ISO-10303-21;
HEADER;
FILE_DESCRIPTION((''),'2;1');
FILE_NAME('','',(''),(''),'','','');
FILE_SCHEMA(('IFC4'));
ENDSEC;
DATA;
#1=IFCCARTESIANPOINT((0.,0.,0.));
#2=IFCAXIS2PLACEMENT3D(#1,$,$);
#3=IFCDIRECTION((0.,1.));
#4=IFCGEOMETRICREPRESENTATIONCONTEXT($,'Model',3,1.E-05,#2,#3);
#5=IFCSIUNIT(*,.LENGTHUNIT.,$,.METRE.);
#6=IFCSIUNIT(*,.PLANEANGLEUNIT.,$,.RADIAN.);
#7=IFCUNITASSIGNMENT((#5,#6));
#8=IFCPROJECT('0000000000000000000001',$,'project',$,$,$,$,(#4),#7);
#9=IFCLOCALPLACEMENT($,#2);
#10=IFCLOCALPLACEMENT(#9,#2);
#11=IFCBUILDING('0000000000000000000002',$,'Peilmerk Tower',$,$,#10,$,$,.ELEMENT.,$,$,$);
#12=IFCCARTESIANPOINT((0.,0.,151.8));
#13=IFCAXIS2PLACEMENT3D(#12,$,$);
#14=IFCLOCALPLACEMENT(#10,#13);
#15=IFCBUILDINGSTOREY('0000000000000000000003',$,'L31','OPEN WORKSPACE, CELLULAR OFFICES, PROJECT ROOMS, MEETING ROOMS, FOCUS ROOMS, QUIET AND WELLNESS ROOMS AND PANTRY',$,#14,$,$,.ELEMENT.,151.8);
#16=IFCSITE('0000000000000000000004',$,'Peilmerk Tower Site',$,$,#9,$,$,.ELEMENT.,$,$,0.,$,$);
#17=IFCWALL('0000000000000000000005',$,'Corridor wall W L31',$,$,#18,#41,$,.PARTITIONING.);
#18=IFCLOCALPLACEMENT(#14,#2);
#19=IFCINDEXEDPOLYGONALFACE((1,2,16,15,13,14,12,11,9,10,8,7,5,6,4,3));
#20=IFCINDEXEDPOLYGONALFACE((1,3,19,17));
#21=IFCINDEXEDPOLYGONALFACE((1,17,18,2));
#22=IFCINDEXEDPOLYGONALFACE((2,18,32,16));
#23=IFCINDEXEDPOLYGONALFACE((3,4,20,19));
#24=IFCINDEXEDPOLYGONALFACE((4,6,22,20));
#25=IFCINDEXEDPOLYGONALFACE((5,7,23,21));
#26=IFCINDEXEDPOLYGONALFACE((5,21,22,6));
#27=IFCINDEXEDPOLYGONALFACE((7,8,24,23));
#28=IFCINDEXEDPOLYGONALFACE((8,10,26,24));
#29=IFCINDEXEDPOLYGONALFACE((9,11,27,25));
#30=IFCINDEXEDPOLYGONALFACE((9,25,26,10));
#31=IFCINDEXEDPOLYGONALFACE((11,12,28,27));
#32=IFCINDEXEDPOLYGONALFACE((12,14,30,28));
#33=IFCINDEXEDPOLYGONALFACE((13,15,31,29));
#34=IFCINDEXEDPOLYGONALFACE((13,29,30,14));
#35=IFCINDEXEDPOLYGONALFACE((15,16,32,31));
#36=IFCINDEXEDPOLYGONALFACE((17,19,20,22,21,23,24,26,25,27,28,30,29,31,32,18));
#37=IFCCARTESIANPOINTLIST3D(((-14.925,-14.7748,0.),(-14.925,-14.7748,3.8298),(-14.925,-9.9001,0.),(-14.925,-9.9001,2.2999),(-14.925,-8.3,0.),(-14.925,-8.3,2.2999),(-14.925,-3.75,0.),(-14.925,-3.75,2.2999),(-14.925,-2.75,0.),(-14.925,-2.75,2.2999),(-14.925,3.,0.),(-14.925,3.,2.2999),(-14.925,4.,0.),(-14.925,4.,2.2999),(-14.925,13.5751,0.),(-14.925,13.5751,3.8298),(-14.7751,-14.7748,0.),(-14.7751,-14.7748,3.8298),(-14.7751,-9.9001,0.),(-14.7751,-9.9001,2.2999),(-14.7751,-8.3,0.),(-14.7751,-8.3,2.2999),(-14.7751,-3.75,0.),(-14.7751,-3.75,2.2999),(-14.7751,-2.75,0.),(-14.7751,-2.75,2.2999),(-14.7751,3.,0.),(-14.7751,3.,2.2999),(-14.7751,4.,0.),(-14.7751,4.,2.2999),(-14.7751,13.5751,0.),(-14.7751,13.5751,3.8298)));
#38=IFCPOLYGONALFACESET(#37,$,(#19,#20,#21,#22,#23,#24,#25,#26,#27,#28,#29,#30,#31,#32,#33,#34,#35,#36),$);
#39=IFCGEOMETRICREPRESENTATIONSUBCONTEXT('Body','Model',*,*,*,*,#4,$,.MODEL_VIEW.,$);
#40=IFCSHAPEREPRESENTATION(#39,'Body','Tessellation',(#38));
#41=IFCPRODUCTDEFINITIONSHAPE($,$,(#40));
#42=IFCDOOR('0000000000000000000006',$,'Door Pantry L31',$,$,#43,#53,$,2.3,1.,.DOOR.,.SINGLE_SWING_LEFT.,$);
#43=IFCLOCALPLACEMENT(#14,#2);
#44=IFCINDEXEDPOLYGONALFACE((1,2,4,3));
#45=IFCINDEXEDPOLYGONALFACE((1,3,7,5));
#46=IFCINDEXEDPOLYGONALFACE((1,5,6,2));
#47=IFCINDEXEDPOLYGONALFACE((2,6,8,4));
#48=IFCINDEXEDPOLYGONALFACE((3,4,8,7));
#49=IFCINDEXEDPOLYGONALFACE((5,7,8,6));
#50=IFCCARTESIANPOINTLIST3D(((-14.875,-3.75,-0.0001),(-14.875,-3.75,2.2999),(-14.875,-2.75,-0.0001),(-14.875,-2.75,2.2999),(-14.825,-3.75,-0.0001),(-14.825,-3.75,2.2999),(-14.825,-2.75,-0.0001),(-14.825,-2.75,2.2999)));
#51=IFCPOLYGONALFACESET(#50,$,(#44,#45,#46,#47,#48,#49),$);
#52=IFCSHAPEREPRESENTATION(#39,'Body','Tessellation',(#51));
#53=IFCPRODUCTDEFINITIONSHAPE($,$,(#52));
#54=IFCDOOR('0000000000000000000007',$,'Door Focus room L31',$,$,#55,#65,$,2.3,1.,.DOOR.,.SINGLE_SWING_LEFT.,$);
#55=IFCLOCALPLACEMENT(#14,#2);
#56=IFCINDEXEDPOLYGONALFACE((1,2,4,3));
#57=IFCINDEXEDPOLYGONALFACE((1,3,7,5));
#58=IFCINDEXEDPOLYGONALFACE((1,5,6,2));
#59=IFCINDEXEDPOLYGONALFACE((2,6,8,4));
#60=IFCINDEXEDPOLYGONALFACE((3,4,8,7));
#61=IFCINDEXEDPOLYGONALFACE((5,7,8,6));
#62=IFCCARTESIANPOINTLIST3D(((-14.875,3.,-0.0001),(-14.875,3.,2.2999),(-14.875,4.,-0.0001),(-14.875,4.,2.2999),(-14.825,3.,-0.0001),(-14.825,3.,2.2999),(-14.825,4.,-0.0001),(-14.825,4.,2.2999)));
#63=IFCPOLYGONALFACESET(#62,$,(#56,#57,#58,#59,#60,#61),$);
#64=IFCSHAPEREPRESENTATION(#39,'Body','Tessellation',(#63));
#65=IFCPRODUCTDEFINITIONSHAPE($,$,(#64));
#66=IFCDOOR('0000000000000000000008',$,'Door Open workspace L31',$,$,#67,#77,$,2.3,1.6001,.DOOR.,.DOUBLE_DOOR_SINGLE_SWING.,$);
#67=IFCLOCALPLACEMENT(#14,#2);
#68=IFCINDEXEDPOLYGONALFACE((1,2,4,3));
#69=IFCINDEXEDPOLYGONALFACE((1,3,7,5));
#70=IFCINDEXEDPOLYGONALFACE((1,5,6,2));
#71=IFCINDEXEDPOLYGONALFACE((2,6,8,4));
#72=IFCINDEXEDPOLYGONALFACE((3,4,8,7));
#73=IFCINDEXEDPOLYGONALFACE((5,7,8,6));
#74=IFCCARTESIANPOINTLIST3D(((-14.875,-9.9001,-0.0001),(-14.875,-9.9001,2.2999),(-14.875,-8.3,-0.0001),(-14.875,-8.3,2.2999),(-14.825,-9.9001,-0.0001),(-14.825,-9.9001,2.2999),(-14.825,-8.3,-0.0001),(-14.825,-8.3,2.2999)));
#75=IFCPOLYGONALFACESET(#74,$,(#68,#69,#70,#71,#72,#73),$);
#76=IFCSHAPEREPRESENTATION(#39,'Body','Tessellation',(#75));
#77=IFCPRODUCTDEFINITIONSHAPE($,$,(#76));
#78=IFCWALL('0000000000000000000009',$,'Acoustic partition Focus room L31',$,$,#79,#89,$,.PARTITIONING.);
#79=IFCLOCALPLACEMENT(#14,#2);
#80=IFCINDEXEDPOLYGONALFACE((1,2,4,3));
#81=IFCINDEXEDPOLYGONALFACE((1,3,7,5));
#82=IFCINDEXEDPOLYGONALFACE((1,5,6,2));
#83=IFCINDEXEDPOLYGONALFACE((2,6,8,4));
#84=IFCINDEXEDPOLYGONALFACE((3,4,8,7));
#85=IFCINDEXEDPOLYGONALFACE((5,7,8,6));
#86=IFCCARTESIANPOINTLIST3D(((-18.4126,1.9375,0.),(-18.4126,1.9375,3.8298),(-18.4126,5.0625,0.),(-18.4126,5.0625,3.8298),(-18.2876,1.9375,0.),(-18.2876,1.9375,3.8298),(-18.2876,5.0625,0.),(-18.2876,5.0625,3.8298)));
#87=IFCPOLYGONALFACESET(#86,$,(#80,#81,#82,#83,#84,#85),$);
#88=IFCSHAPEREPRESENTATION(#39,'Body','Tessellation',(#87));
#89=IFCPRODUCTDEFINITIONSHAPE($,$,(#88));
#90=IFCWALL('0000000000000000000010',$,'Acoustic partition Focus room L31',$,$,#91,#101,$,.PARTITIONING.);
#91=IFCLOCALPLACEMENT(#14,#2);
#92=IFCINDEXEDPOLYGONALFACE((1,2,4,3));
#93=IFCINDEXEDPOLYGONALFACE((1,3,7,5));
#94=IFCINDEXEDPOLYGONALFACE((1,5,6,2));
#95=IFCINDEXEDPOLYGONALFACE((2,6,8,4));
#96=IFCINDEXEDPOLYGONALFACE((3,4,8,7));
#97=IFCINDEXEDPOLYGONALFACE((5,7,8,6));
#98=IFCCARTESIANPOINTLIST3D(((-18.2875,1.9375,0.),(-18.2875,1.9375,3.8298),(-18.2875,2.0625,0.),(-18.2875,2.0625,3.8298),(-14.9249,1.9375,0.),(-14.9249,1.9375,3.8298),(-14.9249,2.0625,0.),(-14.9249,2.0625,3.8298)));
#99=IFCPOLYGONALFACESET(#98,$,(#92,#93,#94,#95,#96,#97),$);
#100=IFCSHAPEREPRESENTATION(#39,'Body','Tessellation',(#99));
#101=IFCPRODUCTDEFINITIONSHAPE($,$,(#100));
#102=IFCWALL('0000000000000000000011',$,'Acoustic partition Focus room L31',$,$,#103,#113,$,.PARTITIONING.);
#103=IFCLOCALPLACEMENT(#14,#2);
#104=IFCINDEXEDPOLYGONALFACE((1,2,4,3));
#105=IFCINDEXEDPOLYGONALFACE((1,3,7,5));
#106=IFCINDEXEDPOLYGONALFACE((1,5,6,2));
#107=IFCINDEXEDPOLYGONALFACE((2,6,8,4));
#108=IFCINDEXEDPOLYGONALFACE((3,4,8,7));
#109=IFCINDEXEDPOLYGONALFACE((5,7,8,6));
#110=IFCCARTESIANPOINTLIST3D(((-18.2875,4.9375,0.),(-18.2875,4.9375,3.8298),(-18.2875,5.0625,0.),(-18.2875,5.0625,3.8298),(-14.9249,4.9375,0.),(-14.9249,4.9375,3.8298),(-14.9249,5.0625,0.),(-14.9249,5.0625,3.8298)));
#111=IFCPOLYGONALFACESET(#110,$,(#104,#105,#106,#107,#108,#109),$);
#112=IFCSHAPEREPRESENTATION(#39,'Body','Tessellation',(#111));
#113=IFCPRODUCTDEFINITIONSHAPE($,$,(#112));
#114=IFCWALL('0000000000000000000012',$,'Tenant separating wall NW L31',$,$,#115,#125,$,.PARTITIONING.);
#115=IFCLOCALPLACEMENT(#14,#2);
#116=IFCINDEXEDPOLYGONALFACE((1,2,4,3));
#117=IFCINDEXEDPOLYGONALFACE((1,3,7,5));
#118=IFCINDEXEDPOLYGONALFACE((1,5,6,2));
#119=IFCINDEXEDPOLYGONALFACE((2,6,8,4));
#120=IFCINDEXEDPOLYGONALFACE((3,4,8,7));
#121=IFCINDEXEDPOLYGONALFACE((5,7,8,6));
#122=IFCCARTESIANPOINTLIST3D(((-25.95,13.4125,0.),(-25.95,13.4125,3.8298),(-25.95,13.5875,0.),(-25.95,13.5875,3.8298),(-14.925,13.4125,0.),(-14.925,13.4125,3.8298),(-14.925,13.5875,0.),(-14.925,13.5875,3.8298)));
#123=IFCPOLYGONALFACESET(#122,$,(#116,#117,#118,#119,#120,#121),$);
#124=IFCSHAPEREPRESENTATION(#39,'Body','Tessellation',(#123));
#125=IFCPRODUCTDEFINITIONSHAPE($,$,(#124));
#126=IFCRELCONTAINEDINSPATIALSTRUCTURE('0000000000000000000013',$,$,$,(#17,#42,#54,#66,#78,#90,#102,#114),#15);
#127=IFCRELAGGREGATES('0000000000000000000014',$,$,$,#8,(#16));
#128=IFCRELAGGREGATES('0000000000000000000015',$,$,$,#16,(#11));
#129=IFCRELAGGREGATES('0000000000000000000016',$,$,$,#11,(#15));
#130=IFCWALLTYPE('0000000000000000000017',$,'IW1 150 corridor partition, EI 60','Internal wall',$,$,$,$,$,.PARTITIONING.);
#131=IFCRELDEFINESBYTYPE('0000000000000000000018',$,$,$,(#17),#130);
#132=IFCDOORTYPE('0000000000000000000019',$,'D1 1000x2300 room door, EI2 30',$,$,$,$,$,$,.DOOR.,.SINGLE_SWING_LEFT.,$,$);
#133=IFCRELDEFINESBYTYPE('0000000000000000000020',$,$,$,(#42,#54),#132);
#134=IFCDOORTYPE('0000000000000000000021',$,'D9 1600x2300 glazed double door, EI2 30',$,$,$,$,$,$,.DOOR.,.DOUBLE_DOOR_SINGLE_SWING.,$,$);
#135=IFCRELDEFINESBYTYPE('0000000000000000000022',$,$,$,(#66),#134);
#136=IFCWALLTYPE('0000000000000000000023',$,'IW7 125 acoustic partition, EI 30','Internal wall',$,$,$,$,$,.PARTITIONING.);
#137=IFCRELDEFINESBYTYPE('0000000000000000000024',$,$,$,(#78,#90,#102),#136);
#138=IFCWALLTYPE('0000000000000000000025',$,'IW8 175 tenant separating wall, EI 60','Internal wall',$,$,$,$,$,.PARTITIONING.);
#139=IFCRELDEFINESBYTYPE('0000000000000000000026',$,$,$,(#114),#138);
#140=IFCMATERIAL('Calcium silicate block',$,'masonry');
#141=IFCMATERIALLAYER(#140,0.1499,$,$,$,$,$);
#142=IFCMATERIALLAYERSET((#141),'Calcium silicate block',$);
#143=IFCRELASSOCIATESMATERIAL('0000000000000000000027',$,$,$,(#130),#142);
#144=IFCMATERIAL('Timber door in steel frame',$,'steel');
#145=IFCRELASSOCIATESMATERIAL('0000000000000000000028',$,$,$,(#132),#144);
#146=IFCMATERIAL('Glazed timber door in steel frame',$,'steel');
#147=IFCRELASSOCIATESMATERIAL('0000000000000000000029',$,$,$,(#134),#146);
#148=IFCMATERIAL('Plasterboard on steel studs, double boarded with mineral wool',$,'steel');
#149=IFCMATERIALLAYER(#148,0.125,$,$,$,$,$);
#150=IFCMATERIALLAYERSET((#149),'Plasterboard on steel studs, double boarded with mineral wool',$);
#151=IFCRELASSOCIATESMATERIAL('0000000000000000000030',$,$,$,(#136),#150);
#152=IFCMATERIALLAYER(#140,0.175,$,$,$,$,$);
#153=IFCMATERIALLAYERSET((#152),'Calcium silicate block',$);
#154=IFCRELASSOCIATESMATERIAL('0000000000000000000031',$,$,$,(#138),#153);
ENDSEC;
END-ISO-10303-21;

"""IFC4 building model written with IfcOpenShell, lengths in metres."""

from ifc_helpers import new_model, si_unit, direction, frame, frame_2d, origin, place, context, subcontext, project, spatial, rectangle, extrude, material, layer, layer_set, type_object, element, fill, save


model = new_model("IFC4")

# Units and contexts
model_context = context("Model", 3, precision=1e-05, world=origin(), true_north=direction((0.0, 1.0)))
body_context = subcontext(model_context, "Body", "Model", "MODEL_VIEW")
ifc_project = project(units=[si_unit("LENGTHUNIT", "METRE"), si_unit("PLANEANGLEUNIT", "RADIAN")], contexts=[model_context])

# Site, building, storey
site_placement = place(None, origin())
site = spatial("IfcSite", under=ifc_project, at=site_placement, Name="Peilmerk Tower Site", CompositionType="ELEMENT", RefElevation=0.0)
building_placement = place(site_placement, origin())
building = spatial("IfcBuilding", under=site, at=building_placement, Name="Peilmerk Tower", CompositionType="ELEMENT")
storey_placement = place(building_placement, frame((0.0, 0.0, 151.8)))
storey = spatial("IfcBuildingStorey", under=building, at=storey_placement, Name="L31", Description="OPEN WORKSPACE, CELLULAR OFFICES, PROJECT ROOMS, MEETING ROOMS, FOCUS ROOMS, QUIET AND WELLNESS ROOMS AND PANTRY", CompositionType="ELEMENT", Elevation=151.8)

# Wall, openings, doors
ifc_material_1 = material(Name="Calcium silicate block", Category="masonry")
ifc_layer_1 = layer(ifc_material_1, 0.1499)
ifc_layer_set_1 = layer_set([ifc_layer_1], Name="Calcium silicate block")
wall_type_1 = type_object("IfcWallType", Name="IW1 150 corridor partition, EI 60", Description="Internal wall", PredefinedType="PARTITIONING", material=ifc_layer_set_1)
wall_1_placement = place(storey_placement, frame((-14.8501, 13.575, 0.0), z_axis=(0.0, 0.0, 1.0), x_axis=(0.0, -1.0, 0.0)))
wall_1 = element("IfcWall", 1, at=wall_1_placement, inside=storey, type_object=wall_type_1, Name="Corridor wall W L31", PredefinedType="PARTITIONING", context=body_context, shape_type="SweptSolid", body=[
    extrude(rectangle(XDim=28.3499, YDim=0.1499, at=frame_2d((14.1748, 0.0))), origin(), (0.0, 0.0, 1.0), 3.8298),
])
opening_1_placement = place(wall_1_placement, frame((21.875, 0.0, 0.0)))
opening_1 = element("IfcOpeningElement", 2, at=opening_1_placement, cuts=wall_1, PredefinedType="OPENING", context=body_context, shape_type="SweptSolid", body=[
    extrude(rectangle(XDim=1.6001, YDim=2.3, at=frame_2d((0.8, 1.1499))), frame((0.0, 0.085, 0.0), z_axis=(0.0, -1.0, 0.0), x_axis=(1.0, 0.0, 0.0)), (0.0, 0.0, 1.0), 0.1699),
])
opening_2_placement = place(wall_1_placement, frame((16.325, 0.0, 0.0)))
opening_2 = element("IfcOpeningElement", 3, at=opening_2_placement, cuts=wall_1, PredefinedType="OPENING", context=body_context, shape_type="SweptSolid", body=[
    extrude(rectangle(XDim=1.0, YDim=2.3, at=frame_2d((0.5, 1.1499))), frame((0.0, 0.085, 0.0), z_axis=(0.0, -1.0, 0.0), x_axis=(1.0, 0.0, 0.0)), (0.0, 0.0, 1.0), 0.1699),
])
opening_3_placement = place(wall_1_placement, frame((9.575, 0.0, 0.0)))
opening_3 = element("IfcOpeningElement", 4, at=opening_3_placement, cuts=wall_1, PredefinedType="OPENING", context=body_context, shape_type="SweptSolid", body=[
    extrude(rectangle(XDim=1.0, YDim=2.3, at=frame_2d((0.5, 1.1499))), frame((0.0, 0.085, 0.0), z_axis=(0.0, -1.0, 0.0), x_axis=(1.0, 0.0, 0.0)), (0.0, 0.0, 1.0), 0.1699),
])
ifc_material_2 = material(Name="Timber door in steel frame", Category="steel")
door_type_1 = type_object("IfcDoorType", Name="D1 1000x2300 room door, EI2 30", OperationType="SINGLE_SWING_LEFT", PredefinedType="DOOR", material=ifc_material_2)
door_1_placement = place(opening_2_placement, frame((1.0, 0.0, 0.0), z_axis=(0.0, 0.0, 1.0), x_axis=(-1.0, 0.0, 0.0)))
door_1 = element("IfcDoor", 5, at=door_1_placement, inside=storey, type_object=door_type_1, Name="Door Pantry L31", OperationType="SINGLE_SWING_LEFT", OverallHeight=2.3, OverallWidth=1.0, PredefinedType="DOOR", context=body_context, shape_type="SweptSolid", body=[
    extrude(rectangle(XDim=1.0, YDim=2.3, at=frame_2d((0.5, 1.1499))), frame((0.0, 0.0249, 0.0), z_axis=(0.0, -1.0, 0.0), x_axis=(1.0, 0.0, 0.0)), (0.0, 0.0, 1.0), 0.05),
])
fill(opening_2, door_1)
door_2_placement = place(opening_3_placement, frame((1.0, 0.0, 0.0), z_axis=(0.0, 0.0, 1.0), x_axis=(-1.0, 0.0, 0.0)))
door_2 = element("IfcDoor", 6, at=door_2_placement, inside=storey, type_object=door_type_1, Name="Door Focus room L31", OperationType="SINGLE_SWING_LEFT", OverallHeight=2.3, OverallWidth=1.0, PredefinedType="DOOR", context=body_context, shape_type="SweptSolid", body=[
    extrude(rectangle(XDim=1.0, YDim=2.3, at=frame_2d((0.5, 1.1499))), frame((0.0, 0.0249, 0.0), z_axis=(0.0, -1.0, 0.0), x_axis=(1.0, 0.0, 0.0)), (0.0, 0.0, 1.0), 0.05),
])
fill(opening_3, door_2)
ifc_material_3 = material(Name="Glazed timber door in steel frame", Category="steel")
door_type_2 = type_object("IfcDoorType", Name="D9 1600x2300 glazed double door, EI2 30", OperationType="DOUBLE_DOOR_SINGLE_SWING", PredefinedType="DOOR", material=ifc_material_3)
door_3_placement = place(opening_1_placement, frame((1.6001, 0.0, 0.0), z_axis=(0.0, 0.0, 1.0), x_axis=(-1.0, 0.0, 0.0)))
door_3 = element("IfcDoor", 7, at=door_3_placement, inside=storey, type_object=door_type_2, Name="Door Open workspace L31", OperationType="DOUBLE_DOOR_SINGLE_SWING", OverallHeight=2.3, OverallWidth=1.6001, PredefinedType="DOOR", context=body_context, shape_type="SweptSolid", body=[
    extrude(rectangle(XDim=1.6001, YDim=2.3, at=frame_2d((0.8, 1.1499))), frame((0.0, 0.0249, 0.0), z_axis=(0.0, -1.0, 0.0), x_axis=(1.0, 0.0, 0.0)), (0.0, 0.0, 1.0), 0.05),
])
fill(opening_1, door_3)

# Walls
ifc_material_4 = material(Name="Plasterboard on steel studs, double boarded with mineral wool", Category="steel")
ifc_layer_2 = layer(ifc_material_4, 0.125)
ifc_layer_set_2 = layer_set([ifc_layer_2], Name="Plasterboard on steel studs, double boarded with mineral wool")
wall_type_2 = type_object("IfcWallType", Name="IW7 125 acoustic partition, EI 30", Description="Internal wall", PredefinedType="PARTITIONING", material=ifc_layer_set_2)
wall_2_placement = place(storey_placement, frame((-18.3501, 1.9375, 0.0), z_axis=(0.0, 0.0, 1.0), x_axis=(0.0, 1.0, 0.0)))
element("IfcWall", 8, at=wall_2_placement, inside=storey, type_object=wall_type_2, Name="Acoustic partition Focus room L31", PredefinedType="PARTITIONING", context=body_context, shape_type="SweptSolid", body=[
    extrude(rectangle(XDim=3.125, YDim=0.125, at=frame_2d((1.5625, 0.0))), origin(), (0.0, 0.0, 1.0), 3.8298),
])
for number, where, z_axis, x_axis, name in (
    (9, (-14.925, 2.0, 0.0), (0.0, 0.0, 1.0), (-1.0, 0.0, 0.0), "Acoustic partition Focus room L31"),
    (10, (-14.925, 5.0, 0.0), (0.0, 0.0, 1.0), (-1.0, 0.0, 0.0), "Acoustic partition Focus room L31"),
):
    element("IfcWall", number, at=place(storey_placement, frame(where, z_axis=z_axis, x_axis=x_axis)), inside=storey, type_object=wall_type_2, Name=name, PredefinedType="PARTITIONING", context=body_context, shape_type="SweptSolid", body=[
        extrude(rectangle(XDim=3.3625, YDim=0.125, at=frame_2d((1.6812, 0.0))), origin(), (0.0, 0.0, 1.0), 3.8298),
    ])
ifc_layer_3 = layer(ifc_material_1, 0.175)
ifc_layer_set_3 = layer_set([ifc_layer_3], Name="Calcium silicate block")
wall_type_3 = type_object("IfcWallType", Name="IW8 175 tenant separating wall, EI 60", Description="Internal wall", PredefinedType="PARTITIONING", material=ifc_layer_set_3)
wall_3_placement = place(storey_placement, frame((-25.95, 13.5, 0.0), z_axis=(0.0, 0.0, 1.0), x_axis=(1.0, 0.0, 0.0)))
element("IfcWall", 11, at=wall_3_placement, inside=storey, type_object=wall_type_3, Name="Tenant separating wall NW L31", PredefinedType="PARTITIONING", context=body_context, shape_type="SweptSolid", body=[
    extrude(rectangle(XDim=11.0249, YDim=0.175, at=frame_2d((5.5125, 0.0))), origin(), (0.0, 0.0, 1.0), 3.8298),
])

save(model, "model.ifc")
